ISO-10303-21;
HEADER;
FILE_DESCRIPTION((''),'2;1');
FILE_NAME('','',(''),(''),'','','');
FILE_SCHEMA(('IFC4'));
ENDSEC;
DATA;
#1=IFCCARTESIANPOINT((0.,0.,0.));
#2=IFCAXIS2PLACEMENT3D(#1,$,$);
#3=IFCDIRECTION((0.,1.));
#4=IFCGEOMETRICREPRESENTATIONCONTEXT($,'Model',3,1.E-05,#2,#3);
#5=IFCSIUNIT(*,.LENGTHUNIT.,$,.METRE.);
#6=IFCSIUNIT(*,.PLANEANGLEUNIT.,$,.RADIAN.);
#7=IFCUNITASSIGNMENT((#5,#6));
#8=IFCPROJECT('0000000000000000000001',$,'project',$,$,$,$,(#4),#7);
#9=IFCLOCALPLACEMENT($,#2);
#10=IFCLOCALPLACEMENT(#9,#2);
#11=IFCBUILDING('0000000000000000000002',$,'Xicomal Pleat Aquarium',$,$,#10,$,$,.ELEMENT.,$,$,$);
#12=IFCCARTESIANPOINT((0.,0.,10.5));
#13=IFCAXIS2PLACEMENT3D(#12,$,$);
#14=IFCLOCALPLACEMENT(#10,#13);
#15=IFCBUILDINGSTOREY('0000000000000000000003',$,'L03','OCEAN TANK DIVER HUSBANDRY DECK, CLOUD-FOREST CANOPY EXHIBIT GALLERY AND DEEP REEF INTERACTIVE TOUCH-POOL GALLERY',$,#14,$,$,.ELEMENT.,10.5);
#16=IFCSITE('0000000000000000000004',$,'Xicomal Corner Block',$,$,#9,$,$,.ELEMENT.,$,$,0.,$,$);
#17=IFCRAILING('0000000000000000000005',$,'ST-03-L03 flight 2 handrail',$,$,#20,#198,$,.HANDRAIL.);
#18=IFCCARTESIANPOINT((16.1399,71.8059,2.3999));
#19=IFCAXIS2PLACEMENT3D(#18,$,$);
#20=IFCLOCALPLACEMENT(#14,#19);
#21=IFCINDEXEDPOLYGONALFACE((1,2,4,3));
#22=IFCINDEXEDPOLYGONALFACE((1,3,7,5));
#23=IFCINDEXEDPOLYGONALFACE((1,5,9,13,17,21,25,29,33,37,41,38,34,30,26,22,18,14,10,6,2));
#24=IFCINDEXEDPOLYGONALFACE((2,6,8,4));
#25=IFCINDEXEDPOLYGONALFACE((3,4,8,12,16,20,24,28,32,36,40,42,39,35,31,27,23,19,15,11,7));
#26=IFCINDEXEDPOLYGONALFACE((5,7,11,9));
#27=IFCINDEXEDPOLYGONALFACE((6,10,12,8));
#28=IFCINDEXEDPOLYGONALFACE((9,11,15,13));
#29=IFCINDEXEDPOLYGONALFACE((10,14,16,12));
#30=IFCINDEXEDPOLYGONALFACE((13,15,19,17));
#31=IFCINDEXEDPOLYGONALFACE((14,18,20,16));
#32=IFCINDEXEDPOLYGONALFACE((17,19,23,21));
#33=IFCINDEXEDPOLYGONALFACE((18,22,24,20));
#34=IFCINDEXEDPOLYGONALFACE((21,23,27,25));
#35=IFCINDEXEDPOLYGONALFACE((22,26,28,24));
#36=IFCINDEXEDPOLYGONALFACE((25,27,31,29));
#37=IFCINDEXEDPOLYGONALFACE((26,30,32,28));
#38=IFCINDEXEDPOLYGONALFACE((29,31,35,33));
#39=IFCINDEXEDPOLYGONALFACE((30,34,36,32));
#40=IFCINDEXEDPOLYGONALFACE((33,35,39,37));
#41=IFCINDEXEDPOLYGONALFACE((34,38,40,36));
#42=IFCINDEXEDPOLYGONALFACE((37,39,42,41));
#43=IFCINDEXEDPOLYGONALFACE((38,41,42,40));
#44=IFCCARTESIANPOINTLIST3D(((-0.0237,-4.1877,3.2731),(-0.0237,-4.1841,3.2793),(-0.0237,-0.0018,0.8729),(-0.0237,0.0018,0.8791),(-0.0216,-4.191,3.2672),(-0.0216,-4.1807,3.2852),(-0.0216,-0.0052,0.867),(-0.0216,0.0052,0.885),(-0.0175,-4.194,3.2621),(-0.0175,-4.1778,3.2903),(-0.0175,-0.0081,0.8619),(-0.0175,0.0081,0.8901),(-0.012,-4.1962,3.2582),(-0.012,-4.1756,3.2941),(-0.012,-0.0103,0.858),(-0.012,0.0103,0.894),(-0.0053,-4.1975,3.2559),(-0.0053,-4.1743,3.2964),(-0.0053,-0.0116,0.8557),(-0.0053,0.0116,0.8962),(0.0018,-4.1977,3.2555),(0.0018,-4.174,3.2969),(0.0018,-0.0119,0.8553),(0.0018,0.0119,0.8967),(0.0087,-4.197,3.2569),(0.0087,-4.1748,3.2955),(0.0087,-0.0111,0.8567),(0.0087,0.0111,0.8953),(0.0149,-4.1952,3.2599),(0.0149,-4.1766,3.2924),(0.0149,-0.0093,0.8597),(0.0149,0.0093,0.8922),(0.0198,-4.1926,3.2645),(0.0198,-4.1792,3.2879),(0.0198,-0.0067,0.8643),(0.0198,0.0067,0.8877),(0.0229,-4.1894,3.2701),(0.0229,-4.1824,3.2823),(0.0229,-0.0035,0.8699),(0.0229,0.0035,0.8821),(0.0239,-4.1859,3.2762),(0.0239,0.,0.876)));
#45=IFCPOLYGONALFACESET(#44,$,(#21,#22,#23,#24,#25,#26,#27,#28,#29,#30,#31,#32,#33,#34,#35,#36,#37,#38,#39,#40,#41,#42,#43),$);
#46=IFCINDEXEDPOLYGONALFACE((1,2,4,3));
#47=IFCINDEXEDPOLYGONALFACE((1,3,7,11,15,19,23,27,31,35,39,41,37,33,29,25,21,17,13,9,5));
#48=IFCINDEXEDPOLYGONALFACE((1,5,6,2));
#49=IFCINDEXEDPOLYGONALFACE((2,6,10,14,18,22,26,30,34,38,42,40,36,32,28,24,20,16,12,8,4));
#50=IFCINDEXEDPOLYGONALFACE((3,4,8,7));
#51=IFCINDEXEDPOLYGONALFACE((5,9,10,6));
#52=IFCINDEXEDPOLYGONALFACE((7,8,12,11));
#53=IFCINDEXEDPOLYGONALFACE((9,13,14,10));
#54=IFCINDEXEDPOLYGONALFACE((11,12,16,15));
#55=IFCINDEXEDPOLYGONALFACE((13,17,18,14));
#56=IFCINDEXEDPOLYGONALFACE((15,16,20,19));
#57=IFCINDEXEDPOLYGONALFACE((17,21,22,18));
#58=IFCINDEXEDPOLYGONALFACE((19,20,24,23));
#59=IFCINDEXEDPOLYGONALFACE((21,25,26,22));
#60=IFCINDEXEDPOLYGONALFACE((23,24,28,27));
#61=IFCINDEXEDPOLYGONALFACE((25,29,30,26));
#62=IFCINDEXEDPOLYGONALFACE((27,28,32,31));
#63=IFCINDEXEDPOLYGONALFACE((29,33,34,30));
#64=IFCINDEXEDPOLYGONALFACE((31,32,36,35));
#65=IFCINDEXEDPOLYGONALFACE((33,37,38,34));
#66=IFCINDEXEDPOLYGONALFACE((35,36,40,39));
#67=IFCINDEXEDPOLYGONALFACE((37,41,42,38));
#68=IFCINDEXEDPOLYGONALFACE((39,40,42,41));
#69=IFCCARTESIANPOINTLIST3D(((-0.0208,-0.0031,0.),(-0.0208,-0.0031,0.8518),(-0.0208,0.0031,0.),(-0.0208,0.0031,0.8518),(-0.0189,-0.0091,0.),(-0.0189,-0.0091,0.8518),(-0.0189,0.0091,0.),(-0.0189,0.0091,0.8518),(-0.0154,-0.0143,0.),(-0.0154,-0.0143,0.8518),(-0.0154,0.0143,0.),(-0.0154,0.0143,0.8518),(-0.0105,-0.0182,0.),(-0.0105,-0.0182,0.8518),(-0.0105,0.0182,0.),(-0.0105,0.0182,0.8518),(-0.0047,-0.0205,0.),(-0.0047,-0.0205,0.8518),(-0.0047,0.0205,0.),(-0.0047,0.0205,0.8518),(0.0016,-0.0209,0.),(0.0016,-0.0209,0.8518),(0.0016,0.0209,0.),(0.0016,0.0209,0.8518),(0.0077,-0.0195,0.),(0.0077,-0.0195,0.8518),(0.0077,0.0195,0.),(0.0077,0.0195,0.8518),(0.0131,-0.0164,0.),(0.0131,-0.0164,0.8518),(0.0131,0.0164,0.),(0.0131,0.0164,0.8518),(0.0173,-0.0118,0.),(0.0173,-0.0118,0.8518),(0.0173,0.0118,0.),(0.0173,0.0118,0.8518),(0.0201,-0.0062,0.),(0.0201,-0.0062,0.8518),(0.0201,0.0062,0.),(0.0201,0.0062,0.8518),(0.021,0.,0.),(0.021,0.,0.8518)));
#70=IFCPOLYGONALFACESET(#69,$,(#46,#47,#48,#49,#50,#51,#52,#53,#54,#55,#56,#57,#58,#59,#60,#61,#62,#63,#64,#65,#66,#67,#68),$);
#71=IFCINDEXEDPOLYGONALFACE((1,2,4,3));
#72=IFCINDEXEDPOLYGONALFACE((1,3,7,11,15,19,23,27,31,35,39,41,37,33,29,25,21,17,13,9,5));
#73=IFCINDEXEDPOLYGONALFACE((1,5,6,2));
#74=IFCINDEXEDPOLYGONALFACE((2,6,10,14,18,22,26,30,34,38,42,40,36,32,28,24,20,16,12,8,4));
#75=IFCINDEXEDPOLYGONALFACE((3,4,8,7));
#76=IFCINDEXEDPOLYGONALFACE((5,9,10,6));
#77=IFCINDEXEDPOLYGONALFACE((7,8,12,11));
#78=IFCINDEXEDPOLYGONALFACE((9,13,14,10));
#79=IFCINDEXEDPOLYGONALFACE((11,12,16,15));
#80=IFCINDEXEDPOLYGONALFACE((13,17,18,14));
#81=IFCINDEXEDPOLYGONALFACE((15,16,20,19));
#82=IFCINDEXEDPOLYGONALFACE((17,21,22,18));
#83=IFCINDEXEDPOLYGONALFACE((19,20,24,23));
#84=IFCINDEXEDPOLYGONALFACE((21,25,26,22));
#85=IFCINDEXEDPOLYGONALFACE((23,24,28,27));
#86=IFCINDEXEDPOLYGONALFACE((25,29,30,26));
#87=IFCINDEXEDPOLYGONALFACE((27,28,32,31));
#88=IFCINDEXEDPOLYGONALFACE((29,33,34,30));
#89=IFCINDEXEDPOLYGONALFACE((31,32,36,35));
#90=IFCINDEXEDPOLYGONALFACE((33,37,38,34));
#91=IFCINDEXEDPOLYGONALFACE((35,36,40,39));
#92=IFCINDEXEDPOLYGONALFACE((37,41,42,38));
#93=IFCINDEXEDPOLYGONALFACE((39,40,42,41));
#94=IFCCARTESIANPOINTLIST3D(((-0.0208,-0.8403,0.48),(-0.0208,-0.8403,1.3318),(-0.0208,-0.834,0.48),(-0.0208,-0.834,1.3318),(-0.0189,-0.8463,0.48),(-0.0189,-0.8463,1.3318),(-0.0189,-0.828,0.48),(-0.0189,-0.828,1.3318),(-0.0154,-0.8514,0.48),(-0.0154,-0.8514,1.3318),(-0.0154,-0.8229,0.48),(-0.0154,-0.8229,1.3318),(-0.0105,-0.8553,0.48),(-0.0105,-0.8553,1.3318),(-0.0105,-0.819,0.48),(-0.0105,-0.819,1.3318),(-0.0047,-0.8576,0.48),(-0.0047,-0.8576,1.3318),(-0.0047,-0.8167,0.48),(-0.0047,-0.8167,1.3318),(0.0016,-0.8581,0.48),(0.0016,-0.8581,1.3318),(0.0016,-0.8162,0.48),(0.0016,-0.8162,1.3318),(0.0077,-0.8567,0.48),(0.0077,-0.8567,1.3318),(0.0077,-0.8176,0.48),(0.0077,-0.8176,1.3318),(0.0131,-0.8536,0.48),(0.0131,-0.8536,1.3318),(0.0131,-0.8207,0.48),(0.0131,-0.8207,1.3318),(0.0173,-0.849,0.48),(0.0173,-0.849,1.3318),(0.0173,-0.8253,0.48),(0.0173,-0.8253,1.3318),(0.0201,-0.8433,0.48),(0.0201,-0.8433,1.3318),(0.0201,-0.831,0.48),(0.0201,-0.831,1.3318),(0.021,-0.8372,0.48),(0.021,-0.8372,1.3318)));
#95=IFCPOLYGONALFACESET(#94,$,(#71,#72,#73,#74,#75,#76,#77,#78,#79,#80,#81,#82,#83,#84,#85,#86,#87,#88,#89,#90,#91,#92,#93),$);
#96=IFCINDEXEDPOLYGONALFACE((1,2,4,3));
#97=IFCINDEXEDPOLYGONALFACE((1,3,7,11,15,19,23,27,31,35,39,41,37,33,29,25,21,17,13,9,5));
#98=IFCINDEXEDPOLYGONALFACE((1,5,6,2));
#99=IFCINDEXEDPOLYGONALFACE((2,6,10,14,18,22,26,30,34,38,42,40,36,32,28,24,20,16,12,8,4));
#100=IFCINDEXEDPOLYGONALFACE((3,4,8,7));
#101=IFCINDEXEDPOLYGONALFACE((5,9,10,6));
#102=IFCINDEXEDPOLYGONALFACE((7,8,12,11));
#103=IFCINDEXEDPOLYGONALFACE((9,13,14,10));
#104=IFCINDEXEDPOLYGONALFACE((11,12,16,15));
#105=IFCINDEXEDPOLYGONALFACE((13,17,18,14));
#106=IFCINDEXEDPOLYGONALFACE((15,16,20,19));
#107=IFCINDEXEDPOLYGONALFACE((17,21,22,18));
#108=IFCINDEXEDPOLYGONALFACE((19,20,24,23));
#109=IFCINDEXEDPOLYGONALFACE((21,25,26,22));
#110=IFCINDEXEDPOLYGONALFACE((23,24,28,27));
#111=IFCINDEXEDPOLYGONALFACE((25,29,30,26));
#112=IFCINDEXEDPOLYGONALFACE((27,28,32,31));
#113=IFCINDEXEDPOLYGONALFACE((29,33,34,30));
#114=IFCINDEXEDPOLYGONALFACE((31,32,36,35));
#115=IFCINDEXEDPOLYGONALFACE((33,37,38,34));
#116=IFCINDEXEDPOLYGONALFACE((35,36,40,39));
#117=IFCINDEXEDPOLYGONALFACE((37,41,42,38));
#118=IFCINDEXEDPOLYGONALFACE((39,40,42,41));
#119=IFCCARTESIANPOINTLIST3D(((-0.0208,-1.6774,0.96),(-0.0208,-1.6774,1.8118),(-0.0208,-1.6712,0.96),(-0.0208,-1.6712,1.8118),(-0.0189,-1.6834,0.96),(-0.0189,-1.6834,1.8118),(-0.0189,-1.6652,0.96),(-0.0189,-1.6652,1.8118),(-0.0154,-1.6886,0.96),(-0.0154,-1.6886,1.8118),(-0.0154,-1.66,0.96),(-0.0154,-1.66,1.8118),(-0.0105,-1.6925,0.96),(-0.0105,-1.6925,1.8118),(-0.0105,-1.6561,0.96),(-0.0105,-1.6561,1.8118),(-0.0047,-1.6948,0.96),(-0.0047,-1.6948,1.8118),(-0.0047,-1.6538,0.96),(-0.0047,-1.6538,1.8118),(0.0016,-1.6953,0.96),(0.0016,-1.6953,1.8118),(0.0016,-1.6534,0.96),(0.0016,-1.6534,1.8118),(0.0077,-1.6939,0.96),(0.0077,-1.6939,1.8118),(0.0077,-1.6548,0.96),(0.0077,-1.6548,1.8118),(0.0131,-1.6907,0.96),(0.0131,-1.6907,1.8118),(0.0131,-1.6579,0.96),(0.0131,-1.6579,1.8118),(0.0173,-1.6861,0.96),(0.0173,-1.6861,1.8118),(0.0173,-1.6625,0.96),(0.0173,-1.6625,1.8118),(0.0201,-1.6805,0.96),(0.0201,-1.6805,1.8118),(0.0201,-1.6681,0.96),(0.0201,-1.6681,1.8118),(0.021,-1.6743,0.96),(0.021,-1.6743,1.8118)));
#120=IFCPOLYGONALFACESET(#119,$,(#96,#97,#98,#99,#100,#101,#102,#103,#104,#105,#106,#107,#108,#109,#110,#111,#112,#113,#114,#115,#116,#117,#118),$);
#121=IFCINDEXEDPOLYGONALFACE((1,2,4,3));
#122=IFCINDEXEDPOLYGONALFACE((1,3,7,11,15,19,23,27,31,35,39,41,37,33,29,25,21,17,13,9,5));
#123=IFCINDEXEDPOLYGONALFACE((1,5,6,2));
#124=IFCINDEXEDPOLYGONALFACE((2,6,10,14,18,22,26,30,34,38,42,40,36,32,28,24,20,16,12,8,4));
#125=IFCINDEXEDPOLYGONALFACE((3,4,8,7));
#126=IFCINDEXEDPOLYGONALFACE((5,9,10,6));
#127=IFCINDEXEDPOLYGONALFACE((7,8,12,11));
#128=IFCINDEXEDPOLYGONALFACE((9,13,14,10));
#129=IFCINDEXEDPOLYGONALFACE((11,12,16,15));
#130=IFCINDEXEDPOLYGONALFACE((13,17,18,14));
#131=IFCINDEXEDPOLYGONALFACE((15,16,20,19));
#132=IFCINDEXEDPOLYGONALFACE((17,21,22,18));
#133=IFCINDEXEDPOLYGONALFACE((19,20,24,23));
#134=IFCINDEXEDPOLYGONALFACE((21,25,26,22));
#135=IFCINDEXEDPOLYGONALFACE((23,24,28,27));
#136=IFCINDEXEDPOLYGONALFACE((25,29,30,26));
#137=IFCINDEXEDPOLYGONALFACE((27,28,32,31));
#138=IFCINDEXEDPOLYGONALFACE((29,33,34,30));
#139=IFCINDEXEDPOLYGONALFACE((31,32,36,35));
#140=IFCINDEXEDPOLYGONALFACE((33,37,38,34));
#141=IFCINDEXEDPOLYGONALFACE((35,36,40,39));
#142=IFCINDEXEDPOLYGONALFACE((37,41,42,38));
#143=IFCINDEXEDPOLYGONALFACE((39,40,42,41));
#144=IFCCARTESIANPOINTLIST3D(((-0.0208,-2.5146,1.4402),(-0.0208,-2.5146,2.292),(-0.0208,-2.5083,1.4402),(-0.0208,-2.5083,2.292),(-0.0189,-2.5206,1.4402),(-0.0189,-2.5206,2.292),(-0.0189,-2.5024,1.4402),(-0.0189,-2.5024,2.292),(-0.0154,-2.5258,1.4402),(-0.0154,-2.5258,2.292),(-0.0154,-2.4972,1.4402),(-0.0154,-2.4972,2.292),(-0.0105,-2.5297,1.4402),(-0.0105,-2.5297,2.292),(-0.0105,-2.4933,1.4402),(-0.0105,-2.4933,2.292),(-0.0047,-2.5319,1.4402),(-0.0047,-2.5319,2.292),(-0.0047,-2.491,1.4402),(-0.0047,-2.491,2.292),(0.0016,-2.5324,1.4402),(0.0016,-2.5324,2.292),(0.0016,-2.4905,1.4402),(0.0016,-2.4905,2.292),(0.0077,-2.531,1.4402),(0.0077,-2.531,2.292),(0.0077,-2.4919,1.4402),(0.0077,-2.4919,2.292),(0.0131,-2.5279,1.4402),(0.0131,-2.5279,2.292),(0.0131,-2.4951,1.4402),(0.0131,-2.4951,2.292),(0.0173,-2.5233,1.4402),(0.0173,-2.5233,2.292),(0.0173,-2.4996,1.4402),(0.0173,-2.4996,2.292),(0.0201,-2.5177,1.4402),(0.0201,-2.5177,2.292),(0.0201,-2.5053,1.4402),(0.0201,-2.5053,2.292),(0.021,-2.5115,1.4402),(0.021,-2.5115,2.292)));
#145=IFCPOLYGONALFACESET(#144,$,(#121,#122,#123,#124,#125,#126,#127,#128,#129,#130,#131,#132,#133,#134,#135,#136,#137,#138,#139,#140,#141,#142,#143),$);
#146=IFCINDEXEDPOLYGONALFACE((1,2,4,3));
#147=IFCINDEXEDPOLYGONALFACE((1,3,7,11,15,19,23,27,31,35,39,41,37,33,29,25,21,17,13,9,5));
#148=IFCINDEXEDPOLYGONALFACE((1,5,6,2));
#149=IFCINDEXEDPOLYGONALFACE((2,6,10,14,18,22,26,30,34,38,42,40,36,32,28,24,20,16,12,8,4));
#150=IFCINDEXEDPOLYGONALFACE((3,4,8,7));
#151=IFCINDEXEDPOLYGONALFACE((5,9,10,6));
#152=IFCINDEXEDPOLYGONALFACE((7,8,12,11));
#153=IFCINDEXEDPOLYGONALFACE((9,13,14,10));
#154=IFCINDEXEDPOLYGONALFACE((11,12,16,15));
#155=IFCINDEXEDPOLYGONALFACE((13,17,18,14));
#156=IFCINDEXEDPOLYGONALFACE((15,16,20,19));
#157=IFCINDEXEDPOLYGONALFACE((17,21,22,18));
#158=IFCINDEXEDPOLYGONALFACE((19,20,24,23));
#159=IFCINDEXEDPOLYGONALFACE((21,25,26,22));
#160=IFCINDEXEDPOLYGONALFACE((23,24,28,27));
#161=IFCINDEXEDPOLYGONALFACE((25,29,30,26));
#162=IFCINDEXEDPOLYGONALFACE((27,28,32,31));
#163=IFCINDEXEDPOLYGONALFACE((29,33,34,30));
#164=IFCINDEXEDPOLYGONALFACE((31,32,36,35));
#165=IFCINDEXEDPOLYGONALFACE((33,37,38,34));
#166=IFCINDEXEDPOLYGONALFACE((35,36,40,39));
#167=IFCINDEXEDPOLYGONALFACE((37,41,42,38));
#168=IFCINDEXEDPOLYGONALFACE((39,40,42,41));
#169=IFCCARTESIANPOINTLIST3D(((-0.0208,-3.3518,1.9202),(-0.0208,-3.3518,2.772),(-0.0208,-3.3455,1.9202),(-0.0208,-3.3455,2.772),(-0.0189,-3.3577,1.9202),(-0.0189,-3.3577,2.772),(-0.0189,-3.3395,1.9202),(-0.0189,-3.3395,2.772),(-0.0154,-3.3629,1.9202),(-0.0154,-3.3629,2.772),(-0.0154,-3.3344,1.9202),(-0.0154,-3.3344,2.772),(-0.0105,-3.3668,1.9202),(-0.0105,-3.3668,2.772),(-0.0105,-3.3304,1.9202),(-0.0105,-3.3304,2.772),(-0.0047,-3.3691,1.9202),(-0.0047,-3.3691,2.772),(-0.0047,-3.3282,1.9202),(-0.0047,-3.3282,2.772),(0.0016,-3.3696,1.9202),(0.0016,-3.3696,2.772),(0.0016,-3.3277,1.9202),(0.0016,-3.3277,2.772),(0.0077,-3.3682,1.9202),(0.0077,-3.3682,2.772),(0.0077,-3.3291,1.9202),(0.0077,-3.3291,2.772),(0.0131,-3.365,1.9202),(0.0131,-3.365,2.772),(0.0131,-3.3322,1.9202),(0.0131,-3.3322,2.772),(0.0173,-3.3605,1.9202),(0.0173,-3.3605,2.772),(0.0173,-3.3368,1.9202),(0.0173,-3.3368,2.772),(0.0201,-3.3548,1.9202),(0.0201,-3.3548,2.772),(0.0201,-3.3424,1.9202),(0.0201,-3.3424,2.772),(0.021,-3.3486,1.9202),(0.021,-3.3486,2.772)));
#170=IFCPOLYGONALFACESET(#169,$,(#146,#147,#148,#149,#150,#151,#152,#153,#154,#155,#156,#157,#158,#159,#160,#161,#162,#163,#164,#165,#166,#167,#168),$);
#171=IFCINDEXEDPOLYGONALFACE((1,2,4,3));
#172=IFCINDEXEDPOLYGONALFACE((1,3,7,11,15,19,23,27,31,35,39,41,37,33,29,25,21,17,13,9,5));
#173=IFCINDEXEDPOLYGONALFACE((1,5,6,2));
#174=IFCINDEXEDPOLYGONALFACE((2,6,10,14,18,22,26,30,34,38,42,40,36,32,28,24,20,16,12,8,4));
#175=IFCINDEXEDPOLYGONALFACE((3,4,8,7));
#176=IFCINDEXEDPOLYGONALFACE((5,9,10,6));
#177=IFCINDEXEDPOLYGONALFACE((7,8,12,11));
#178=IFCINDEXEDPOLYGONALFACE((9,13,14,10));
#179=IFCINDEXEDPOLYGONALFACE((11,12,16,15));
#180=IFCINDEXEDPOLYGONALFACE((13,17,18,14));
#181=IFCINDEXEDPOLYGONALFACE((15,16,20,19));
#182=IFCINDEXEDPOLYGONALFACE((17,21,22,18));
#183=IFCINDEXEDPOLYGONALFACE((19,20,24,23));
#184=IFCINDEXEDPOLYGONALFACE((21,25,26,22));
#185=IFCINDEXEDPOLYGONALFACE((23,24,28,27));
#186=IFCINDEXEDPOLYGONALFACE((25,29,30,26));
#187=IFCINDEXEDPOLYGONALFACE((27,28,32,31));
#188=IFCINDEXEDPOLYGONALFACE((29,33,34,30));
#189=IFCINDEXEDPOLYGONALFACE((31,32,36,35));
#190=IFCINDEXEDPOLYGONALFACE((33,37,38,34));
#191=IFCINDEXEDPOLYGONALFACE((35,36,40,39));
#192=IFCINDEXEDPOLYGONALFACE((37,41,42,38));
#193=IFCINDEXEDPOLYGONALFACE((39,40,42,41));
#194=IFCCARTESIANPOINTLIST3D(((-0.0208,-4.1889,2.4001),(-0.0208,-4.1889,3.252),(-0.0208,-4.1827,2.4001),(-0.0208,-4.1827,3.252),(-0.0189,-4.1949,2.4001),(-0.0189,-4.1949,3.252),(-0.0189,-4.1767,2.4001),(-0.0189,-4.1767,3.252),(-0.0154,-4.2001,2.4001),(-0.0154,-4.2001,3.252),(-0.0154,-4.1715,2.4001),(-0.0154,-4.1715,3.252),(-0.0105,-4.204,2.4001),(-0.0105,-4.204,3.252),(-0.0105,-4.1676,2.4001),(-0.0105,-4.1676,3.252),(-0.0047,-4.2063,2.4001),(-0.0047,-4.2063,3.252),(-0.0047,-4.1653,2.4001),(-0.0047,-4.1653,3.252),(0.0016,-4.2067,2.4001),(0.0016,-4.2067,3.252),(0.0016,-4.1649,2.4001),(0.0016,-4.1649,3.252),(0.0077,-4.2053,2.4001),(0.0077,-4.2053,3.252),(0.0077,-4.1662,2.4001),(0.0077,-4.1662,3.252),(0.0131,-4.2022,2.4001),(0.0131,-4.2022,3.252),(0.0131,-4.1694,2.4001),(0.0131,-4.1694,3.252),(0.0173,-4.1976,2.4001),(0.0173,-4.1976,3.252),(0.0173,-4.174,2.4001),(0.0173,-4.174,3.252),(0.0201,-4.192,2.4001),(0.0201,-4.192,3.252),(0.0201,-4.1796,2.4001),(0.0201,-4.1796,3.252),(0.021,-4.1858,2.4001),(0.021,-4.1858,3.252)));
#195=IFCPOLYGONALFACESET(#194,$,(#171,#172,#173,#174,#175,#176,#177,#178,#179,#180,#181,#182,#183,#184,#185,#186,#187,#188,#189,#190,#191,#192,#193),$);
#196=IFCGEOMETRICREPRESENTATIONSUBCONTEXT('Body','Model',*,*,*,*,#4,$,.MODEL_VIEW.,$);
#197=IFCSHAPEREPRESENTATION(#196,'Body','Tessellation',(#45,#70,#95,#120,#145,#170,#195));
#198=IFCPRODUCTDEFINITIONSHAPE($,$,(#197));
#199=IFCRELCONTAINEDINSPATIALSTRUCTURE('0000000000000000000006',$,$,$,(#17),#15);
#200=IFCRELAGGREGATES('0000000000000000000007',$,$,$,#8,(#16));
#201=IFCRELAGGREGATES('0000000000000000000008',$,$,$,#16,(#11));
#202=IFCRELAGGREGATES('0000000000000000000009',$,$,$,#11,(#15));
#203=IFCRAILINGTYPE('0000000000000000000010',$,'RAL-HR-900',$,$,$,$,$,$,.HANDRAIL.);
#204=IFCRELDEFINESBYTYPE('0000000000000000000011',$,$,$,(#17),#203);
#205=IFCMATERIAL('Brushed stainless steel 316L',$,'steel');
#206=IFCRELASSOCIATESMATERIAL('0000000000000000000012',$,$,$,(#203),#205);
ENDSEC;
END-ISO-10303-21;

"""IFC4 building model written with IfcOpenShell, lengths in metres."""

from ifc_helpers import new_model, si_unit, direction, frame, origin, origin_2d, place, context, subcontext, project, spatial, circle, extrude, material, type_object, element, save


model = new_model("IFC4")

# Units and contexts
model_context = context("Model", 3, precision=1e-05, world=origin(), true_north=direction((0.0, 1.0)))
body_context = subcontext(model_context, "Body", "Model", "MODEL_VIEW")
ifc_project = project(units=[si_unit("LENGTHUNIT", "METRE"), si_unit("PLANEANGLEUNIT", "RADIAN")], contexts=[model_context])

# Site, building, storey
site_placement = place(None, origin())
site = spatial("IfcSite", under=ifc_project, at=site_placement, Name="Xicomal Corner Block", CompositionType="ELEMENT", RefElevation=0.0)
building_placement = place(site_placement, origin())
building = spatial("IfcBuilding", under=site, at=building_placement, Name="Xicomal Pleat Aquarium", CompositionType="ELEMENT")
storey_placement = place(building_placement, frame((0.0, 0.0, 10.5)))
storey = spatial("IfcBuildingStorey", under=building, at=storey_placement, Name="L03", Description="OCEAN TANK DIVER HUSBANDRY DECK, CLOUD-FOREST CANOPY EXHIBIT GALLERY AND DEEP REEF INTERACTIVE TOUCH-POOL GALLERY", CompositionType="ELEMENT", Elevation=10.5)

# Railing
ifc_material_1 = material(Name="Brushed stainless steel 316L", Category="steel")
railing_type = type_object("IfcRailingType", Name="RAL-HR-900", PredefinedType="HANDRAIL", material=ifc_material_1)
railing_placement = place(storey_placement, frame((16.1399, 71.8059, 2.3999)))
element("IfcRailing", 1, at=railing_placement, inside=storey, type_object=railing_type, Name="ST-03-L03 flight 2 handrail", PredefinedType="HANDRAIL", context=body_context, shape_type="SweptSolid", body=[
    extrude(circle(Radius=0.0239, at=origin_2d()), frame((0.0, 0.0, 0.876), z_axis=(0.0, -0.867504, 0.49743), x_axis=(1.0, 0.0, 0.0)), (0.0, 0.0, 1.0), 4.8252),
    extrude(circle(Radius=0.021, at=origin_2d()), origin(), (0.0, 0.0, 1.0), 0.8518),
    extrude(circle(Radius=0.021, at=origin_2d()), frame((0.0, -0.8372, 0.48)), (0.0, 0.0, 1.0), 0.8518),
    extrude(circle(Radius=0.021, at=origin_2d()), frame((0.0, -1.6743, 0.96)), (0.0, 0.0, 1.0), 0.8518),
    extrude(circle(Radius=0.021, at=origin_2d()), frame((0.0, -2.5115, 1.4402)), (0.0, 0.0, 1.0), 0.8518),
    extrude(circle(Radius=0.021, at=origin_2d()), frame((0.0, -3.3486, 1.9202)), (0.0, 0.0, 1.0), 0.8518),
    extrude(circle(Radius=0.021, at=origin_2d()), frame((0.0, -4.1858, 2.4001)), (0.0, 0.0, 1.0), 0.8518),
])

save(model, "model.ifc")
